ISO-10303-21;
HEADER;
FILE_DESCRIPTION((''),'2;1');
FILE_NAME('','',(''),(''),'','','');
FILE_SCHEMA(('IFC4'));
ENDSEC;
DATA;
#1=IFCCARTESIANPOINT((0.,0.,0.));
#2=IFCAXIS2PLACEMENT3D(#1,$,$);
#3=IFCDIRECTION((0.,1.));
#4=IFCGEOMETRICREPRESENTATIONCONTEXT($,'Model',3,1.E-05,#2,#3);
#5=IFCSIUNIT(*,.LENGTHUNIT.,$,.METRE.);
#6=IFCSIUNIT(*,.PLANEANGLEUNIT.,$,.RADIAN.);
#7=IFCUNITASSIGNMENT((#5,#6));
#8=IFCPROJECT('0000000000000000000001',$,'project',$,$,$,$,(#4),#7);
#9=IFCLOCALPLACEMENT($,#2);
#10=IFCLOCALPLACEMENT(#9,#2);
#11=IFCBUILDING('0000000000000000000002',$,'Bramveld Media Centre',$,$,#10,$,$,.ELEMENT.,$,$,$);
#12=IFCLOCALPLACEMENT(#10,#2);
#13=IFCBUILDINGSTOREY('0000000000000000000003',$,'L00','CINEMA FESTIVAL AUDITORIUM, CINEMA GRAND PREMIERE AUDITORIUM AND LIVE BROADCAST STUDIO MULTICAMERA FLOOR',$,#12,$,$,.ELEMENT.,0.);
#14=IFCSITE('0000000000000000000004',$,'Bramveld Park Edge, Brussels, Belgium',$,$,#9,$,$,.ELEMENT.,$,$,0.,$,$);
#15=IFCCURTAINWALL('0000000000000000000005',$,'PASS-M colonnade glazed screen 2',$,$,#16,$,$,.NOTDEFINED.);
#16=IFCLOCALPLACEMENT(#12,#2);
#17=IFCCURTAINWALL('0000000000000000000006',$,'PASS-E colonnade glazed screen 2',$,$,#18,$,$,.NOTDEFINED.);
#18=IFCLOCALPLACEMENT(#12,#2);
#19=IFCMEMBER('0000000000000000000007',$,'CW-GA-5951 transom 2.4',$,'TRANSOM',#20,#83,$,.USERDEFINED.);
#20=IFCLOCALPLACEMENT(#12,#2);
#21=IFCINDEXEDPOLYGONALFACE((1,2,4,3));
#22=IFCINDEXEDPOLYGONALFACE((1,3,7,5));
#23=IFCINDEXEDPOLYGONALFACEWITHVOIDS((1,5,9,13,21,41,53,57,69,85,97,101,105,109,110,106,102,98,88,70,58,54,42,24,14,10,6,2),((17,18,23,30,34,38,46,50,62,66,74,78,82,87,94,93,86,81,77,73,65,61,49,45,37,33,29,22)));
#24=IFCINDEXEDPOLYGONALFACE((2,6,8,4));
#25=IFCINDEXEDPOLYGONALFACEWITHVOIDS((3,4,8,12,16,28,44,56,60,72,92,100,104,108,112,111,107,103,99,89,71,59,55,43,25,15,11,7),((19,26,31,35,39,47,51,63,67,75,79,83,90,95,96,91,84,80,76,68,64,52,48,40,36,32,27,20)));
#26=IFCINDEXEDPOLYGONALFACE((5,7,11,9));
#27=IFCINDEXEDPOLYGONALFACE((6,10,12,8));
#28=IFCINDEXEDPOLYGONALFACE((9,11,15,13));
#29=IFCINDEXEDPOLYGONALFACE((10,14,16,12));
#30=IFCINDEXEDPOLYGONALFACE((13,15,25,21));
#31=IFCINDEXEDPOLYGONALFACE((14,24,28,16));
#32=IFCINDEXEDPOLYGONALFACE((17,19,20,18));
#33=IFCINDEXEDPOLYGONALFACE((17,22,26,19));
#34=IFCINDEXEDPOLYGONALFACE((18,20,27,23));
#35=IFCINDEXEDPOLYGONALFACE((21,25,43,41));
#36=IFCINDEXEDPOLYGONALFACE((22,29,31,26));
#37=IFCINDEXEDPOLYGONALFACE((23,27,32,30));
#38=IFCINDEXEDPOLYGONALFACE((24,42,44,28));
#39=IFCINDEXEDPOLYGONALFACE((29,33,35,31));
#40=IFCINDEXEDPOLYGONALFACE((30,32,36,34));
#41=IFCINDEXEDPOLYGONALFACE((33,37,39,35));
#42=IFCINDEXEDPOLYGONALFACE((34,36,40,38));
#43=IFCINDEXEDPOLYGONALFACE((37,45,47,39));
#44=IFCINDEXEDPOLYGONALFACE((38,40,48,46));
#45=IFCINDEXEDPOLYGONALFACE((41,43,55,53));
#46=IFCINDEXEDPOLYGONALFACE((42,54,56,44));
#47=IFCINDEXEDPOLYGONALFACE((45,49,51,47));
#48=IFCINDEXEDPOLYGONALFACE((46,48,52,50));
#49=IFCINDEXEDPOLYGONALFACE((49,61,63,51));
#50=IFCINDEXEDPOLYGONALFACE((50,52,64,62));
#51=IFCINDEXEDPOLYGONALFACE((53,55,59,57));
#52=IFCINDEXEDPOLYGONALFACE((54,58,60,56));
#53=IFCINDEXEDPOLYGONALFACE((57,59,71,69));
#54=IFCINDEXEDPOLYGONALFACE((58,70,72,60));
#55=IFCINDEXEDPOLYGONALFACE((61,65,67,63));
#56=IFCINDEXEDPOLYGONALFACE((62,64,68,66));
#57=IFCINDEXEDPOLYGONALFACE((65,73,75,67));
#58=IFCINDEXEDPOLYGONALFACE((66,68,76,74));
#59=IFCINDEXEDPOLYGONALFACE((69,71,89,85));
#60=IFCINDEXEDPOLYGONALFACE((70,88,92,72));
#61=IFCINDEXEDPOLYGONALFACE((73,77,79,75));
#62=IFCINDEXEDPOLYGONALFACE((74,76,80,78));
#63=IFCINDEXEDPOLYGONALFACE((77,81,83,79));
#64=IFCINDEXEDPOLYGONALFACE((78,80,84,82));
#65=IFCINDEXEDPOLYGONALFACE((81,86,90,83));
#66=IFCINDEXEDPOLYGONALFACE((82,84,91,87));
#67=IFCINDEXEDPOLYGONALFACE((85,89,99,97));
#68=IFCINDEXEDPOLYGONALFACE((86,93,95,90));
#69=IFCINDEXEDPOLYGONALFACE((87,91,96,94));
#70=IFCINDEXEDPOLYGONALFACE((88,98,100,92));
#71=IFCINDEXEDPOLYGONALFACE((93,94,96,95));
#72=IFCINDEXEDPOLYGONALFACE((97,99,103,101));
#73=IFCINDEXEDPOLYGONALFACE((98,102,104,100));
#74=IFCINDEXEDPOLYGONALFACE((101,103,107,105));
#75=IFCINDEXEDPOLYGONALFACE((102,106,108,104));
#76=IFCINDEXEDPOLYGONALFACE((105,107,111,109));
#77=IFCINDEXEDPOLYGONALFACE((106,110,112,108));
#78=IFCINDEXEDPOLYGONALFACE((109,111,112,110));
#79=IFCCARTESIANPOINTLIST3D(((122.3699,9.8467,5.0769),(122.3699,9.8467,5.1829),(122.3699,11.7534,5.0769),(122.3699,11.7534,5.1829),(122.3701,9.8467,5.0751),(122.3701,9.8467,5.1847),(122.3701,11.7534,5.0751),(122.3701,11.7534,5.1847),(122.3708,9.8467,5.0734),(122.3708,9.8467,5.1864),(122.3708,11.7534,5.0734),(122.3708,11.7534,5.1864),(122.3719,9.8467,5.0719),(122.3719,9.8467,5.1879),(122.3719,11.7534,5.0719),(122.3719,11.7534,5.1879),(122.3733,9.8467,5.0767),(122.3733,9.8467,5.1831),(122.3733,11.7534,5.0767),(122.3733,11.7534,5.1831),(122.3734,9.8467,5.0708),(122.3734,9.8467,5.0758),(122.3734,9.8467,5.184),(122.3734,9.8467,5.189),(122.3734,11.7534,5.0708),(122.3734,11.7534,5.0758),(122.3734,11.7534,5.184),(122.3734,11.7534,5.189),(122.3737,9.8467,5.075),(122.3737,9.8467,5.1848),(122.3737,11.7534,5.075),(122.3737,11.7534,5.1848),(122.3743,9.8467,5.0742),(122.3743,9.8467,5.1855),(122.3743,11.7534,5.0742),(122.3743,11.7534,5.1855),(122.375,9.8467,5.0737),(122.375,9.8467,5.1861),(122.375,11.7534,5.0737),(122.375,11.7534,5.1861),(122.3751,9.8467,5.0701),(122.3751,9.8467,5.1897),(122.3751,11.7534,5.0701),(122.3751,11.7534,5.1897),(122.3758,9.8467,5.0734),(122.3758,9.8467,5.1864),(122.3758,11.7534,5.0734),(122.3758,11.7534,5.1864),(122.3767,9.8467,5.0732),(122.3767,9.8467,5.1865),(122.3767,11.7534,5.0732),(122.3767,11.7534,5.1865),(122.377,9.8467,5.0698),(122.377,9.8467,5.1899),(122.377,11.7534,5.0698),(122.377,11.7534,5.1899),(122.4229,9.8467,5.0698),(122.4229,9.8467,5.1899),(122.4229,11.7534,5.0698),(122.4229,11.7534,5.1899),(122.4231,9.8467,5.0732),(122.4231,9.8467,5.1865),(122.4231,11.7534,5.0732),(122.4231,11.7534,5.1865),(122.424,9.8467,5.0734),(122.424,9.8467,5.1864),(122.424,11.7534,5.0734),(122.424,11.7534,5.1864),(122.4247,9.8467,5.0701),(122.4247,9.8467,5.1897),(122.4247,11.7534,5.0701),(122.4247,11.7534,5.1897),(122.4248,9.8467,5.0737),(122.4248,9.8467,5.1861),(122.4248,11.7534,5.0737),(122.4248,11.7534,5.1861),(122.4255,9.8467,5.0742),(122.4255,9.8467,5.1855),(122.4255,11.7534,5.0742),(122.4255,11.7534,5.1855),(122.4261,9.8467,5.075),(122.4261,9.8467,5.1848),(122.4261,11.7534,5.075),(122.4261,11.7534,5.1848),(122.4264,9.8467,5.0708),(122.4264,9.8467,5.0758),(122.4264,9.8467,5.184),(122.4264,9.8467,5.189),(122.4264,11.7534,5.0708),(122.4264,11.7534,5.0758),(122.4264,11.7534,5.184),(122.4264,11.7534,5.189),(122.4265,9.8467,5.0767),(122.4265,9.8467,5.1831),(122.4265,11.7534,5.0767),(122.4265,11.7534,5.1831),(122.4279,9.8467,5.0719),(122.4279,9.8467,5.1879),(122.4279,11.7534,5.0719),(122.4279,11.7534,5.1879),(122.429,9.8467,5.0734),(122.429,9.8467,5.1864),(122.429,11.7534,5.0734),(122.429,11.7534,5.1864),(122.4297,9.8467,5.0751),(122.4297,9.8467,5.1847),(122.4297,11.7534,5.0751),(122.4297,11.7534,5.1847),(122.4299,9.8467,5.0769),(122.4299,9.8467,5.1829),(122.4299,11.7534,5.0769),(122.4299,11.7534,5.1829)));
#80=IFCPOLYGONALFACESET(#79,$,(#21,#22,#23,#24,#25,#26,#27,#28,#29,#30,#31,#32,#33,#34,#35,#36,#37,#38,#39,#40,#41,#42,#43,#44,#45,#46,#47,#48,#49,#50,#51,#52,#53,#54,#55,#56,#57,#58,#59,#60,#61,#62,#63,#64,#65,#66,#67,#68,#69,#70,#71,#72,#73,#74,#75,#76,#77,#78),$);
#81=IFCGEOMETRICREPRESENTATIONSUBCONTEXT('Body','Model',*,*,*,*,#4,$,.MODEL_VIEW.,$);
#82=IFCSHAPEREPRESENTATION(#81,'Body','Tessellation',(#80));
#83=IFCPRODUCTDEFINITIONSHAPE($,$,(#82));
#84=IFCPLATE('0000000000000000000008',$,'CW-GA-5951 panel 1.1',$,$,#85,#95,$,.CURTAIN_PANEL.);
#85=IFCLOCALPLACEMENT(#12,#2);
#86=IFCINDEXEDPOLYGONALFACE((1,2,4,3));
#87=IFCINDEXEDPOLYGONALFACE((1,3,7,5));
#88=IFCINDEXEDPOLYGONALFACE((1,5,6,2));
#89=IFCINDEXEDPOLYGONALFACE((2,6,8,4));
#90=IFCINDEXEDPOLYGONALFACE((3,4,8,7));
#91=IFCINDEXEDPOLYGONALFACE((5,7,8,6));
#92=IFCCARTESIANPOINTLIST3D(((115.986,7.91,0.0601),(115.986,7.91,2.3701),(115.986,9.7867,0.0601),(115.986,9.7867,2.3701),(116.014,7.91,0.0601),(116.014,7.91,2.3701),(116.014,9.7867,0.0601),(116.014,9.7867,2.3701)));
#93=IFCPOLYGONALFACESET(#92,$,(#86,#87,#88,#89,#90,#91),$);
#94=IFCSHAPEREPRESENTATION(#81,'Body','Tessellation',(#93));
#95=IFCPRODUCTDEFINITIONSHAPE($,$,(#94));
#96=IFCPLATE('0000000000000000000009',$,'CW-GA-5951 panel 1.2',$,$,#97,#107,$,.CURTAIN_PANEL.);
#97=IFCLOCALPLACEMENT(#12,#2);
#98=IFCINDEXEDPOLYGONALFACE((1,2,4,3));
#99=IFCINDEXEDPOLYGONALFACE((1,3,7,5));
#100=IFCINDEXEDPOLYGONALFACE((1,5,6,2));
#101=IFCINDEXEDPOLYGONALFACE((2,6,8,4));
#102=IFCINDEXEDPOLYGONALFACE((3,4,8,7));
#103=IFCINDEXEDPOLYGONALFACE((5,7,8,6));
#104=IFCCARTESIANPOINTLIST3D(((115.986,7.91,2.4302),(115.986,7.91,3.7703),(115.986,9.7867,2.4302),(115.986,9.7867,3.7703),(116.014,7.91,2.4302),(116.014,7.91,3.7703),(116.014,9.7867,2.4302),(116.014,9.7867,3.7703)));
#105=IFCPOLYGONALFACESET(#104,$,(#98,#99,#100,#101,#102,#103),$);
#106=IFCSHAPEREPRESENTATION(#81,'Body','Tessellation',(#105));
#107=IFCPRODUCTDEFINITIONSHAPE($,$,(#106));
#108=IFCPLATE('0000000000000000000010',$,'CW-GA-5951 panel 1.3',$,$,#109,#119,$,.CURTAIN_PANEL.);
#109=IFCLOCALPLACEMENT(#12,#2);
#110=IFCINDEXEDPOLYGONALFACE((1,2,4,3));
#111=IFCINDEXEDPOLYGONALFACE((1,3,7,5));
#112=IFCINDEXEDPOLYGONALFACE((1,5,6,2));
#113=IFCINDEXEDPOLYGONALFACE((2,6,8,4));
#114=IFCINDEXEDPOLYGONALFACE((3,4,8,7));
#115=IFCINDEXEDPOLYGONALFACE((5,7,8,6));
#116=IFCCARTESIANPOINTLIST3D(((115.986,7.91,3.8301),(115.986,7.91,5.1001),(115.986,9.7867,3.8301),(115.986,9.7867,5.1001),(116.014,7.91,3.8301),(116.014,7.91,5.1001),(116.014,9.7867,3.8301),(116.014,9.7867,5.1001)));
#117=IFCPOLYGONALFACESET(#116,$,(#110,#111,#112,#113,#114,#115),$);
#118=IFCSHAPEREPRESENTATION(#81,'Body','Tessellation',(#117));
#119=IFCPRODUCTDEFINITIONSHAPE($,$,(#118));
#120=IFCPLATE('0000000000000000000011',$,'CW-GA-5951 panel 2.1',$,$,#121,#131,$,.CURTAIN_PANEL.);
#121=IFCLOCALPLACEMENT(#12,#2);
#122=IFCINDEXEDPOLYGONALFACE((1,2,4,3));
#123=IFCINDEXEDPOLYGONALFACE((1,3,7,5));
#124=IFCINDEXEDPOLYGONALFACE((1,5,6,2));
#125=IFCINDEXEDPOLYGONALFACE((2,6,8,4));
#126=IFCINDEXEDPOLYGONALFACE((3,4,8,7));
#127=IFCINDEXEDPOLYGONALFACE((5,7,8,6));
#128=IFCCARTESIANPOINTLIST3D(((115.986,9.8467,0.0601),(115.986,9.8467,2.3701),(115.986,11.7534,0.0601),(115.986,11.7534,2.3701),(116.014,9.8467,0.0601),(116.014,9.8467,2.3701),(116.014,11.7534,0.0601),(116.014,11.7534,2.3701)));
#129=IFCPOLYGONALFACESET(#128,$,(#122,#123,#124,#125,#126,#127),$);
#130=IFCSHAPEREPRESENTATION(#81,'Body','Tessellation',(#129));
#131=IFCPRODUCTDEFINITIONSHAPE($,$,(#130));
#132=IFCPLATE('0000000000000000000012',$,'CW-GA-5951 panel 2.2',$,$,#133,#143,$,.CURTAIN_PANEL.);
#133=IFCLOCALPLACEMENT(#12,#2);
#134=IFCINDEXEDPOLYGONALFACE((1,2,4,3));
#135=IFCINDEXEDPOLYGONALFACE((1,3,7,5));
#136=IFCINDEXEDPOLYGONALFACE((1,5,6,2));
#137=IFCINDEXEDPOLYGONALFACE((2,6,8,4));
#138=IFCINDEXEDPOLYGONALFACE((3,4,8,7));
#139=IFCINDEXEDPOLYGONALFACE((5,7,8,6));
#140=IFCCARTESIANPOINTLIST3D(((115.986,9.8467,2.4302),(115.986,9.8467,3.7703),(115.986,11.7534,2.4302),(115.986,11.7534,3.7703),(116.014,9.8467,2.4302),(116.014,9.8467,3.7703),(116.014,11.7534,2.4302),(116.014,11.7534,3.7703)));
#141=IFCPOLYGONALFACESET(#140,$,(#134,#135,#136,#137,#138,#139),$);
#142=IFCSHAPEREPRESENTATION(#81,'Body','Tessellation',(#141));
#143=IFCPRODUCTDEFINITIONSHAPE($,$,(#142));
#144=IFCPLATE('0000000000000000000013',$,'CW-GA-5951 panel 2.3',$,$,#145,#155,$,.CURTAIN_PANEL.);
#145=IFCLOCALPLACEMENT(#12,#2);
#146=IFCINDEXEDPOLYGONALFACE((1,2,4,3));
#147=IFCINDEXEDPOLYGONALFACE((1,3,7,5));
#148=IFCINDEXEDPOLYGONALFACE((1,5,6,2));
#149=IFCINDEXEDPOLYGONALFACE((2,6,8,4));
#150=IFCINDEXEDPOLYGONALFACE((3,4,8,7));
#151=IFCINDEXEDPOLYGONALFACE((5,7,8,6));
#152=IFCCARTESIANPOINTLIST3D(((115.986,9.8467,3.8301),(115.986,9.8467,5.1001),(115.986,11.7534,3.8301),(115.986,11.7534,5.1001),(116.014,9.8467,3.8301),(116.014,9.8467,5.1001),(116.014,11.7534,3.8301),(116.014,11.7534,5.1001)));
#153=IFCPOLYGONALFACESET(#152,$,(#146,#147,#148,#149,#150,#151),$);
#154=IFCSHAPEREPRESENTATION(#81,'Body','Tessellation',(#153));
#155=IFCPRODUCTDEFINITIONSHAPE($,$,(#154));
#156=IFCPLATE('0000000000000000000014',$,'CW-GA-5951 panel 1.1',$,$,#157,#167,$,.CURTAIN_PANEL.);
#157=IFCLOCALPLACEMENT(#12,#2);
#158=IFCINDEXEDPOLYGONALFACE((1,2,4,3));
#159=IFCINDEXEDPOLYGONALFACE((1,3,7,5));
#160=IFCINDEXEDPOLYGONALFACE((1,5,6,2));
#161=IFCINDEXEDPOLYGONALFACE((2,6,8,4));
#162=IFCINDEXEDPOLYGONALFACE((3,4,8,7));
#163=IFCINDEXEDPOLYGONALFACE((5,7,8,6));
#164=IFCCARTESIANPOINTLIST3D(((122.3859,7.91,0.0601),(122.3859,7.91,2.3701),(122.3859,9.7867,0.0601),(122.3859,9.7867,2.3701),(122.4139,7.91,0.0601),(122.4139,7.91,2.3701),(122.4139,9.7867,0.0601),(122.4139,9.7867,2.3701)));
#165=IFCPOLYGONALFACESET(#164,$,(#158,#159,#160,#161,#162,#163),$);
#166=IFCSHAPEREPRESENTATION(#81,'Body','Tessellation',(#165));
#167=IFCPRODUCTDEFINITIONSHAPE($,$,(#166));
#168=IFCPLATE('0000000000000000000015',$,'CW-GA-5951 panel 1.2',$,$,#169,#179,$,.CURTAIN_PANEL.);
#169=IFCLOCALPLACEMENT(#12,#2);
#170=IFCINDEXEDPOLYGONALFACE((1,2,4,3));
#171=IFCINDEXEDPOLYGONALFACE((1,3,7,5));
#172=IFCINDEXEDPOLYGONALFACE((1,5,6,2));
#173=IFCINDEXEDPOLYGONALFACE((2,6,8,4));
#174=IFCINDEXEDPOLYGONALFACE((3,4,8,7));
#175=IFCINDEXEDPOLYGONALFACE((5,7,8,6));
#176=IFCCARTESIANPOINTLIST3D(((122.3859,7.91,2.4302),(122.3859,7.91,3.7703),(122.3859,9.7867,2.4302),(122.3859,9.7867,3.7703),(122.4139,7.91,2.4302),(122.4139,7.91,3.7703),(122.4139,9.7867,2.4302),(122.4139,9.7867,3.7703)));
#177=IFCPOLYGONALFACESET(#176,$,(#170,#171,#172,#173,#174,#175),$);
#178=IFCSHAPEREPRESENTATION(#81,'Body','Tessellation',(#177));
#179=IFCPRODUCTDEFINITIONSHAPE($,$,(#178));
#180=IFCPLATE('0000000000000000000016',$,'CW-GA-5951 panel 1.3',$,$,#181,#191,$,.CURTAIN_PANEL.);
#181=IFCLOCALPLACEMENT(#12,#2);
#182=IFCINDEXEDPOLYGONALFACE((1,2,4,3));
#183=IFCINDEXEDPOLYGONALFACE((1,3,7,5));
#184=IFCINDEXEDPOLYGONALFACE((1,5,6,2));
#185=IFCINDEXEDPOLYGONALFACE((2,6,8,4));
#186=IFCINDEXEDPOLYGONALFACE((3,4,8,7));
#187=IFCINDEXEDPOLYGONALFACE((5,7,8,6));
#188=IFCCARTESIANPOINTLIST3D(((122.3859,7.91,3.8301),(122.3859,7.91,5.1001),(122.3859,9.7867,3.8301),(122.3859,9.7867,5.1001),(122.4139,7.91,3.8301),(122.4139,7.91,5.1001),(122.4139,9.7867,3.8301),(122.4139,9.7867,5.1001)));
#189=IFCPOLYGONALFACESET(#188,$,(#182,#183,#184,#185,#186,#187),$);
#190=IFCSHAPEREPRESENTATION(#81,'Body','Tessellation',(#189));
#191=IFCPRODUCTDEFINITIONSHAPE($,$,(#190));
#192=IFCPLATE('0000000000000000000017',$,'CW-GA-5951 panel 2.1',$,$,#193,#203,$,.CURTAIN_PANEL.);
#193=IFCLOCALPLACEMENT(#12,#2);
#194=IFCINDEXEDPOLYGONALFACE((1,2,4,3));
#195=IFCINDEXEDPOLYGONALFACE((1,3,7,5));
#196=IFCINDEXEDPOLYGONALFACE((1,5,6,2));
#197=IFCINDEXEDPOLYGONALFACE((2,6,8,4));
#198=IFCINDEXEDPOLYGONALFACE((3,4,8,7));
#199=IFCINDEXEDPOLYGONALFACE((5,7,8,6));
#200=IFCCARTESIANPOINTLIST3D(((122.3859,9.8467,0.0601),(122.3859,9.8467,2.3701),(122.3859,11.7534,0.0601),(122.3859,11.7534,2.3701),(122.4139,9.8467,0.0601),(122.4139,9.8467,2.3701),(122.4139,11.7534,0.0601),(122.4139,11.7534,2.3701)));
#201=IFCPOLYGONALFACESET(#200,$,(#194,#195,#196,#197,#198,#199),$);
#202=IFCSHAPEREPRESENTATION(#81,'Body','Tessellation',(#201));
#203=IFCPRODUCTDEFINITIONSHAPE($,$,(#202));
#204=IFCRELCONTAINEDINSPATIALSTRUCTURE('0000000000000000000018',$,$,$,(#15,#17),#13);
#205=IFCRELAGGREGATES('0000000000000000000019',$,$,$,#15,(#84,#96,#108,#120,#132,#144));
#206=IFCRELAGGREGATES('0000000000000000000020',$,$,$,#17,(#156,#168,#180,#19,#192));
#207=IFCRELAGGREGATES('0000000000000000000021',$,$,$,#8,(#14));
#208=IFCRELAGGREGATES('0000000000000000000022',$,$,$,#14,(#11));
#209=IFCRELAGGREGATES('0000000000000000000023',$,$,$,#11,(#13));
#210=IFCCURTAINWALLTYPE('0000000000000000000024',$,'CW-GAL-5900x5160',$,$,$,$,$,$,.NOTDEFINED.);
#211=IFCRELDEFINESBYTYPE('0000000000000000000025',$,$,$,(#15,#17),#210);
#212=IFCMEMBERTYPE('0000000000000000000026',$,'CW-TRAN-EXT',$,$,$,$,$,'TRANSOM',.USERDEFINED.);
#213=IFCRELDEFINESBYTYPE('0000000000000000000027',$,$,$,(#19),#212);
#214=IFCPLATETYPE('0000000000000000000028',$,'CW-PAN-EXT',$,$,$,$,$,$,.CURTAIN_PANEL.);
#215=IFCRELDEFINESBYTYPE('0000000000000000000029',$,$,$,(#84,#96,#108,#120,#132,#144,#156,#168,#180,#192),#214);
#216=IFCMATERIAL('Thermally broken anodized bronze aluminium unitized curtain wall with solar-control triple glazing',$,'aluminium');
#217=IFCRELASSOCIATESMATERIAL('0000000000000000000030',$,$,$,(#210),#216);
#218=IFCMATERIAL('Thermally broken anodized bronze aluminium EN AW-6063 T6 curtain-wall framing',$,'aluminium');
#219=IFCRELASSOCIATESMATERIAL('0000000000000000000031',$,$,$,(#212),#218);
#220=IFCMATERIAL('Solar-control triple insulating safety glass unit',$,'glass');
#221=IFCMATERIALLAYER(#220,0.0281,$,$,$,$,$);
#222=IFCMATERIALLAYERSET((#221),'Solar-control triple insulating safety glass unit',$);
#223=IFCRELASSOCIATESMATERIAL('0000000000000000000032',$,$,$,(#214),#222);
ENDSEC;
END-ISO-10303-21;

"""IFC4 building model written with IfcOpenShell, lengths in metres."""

from ifc_helpers import new_model, si_unit, direction, frame, origin, origin_2d, place, context, subcontext, project, spatial, rectangle, hollow_rectangle, extrude, material, layer, layer_set, material_profile, profile_set, type_object, element, aggregate, save


model = new_model("IFC4")

# Units and contexts
model_context = context("Model", 3, precision=1e-05, world=origin(), true_north=direction((0.0, 1.0)))
body_context = subcontext(model_context, "Body", "Model", "MODEL_VIEW")
ifc_project = project(units=[si_unit("LENGTHUNIT", "METRE"), si_unit("PLANEANGLEUNIT", "RADIAN")], contexts=[model_context])

# Site, building, storey
site_placement = place(None, origin())
site = spatial("IfcSite", under=ifc_project, at=site_placement, Name="Bramveld Park Edge, Brussels, Belgium", CompositionType="ELEMENT", RefElevation=0.0)
building_placement = place(site_placement, origin())
building = spatial("IfcBuilding", under=site, at=building_placement, Name="Bramveld Media Centre", CompositionType="ELEMENT")
storey_placement = place(building_placement, origin())
storey = spatial("IfcBuildingStorey", under=building, at=storey_placement, Name="L00", Description="CINEMA FESTIVAL AUDITORIUM, CINEMA GRAND PREMIERE AUDITORIUM AND LIVE BROADCAST STUDIO MULTICAMERA FLOOR", CompositionType="ELEMENT", Elevation=0.0)

# Curtain walls
ifc_material_1 = material(Name="Thermally broken anodized bronze aluminium unitized curtain wall with solar-control triple glazing", Category="aluminium")
curtain_wall_type = type_object("IfcCurtainWallType", Name="CW-GAL-5900x5160", PredefinedType="NOTDEFINED", material=ifc_material_1)
curtain_wall_1_placement = place(storey_placement, origin())
curtain_wall_1 = element("IfcCurtainWall", 1, at=curtain_wall_1_placement, inside=storey, type_object=curtain_wall_type, Name="PASS-M colonnade glazed screen 2", PredefinedType="NOTDEFINED")
curtain_wall_2_placement = place(storey_placement, origin())
curtain_wall_2 = element("IfcCurtainWall", 2, at=curtain_wall_2_placement, inside=storey, type_object=curtain_wall_type, Name="PASS-E colonnade glazed screen 2", PredefinedType="NOTDEFINED")

# Member
ifc_material_2 = material(Name="Thermally broken anodized bronze aluminium EN AW-6063 T6 curtain-wall framing", Category="aluminium")
ifc_material_profile_1 = material_profile(ifc_material_2, hollow_rectangle(XDim=0.0601, YDim=0.1201, WallThickness=0.0034, InnerFilletRadius=0.0034, OuterFilletRadius=0.0071, at=origin_2d()), Name="AL-TRAN 60x120")
ifc_profile_set_1 = profile_set([ifc_material_profile_1], Name="Thermally broken anodized bronze aluminium EN AW-6063 T6 curtain-wall framing")
member_type_1 = type_object("IfcMemberType", Name="CW-TRAN-EXT", ElementType="TRANSOM", PredefinedType="USERDEFINED", material=ifc_profile_set_1)
member_1_placement = place(storey_placement, frame((122.3999, 9.8467, 5.1299), z_axis=(0.0, 1.0, 0.0), x_axis=(-1.0, 0.0, 0.0)))
member_1 = element("IfcMember", 3, at=member_1_placement, type_object=member_type_1, Name="CW-GA-5951 transom 2.4", ObjectType="TRANSOM", PredefinedType="USERDEFINED", context=body_context, shape_type="SweptSolid", body=[
    extrude(hollow_rectangle(XDim=0.0601, YDim=0.1201, WallThickness=0.0034, InnerFilletRadius=0.0034, OuterFilletRadius=0.0071, at=origin_2d()), origin(), (0.0, 0.0, 1.0), 1.9067),
])

# Plates
ifc_material_3 = material(Name="Solar-control triple insulating safety glass unit", Category="glass")
ifc_layer = layer(ifc_material_3, 0.0281)
ifc_layer_set = layer_set([ifc_layer], Name="Solar-control triple insulating safety glass unit")
plate_type = type_object("IfcPlateType", Name="CW-PAN-EXT", PredefinedType="CURTAIN_PANEL", material=ifc_layer_set)
plate_1_placement = place(storey_placement, frame((116.0, 8.8484, 0.0601), z_axis=(0.0, 0.0, 1.0), x_axis=(0.0, 1.0, 0.0)))
plate_1 = element("IfcPlate", 4, at=plate_1_placement, type_object=plate_type, Name="CW-GA-5951 panel 1.1", PredefinedType="CURTAIN_PANEL", context=body_context, shape_type="SweptSolid", body=[
    extrude(rectangle(XDim=1.8767, YDim=0.0281, at=origin_2d()), origin(), (0.0, 0.0, 1.0), 2.3101),
])
plate_2_placement = place(storey_placement, frame((116.0, 8.8484, 2.4302), z_axis=(0.0, 0.0, 1.0), x_axis=(0.0, 1.0, 0.0)))
plate_2 = element("IfcPlate", 5, at=plate_2_placement, type_object=plate_type, Name="CW-GA-5951 panel 1.2", PredefinedType="CURTAIN_PANEL", context=body_context, shape_type="SweptSolid", body=[
    extrude(rectangle(XDim=1.8767, YDim=0.0281, at=origin_2d()), origin(), (0.0, 0.0, 1.0), 1.3401),
])
plate_3_placement = place(storey_placement, frame((116.0, 8.8484, 3.8301), z_axis=(0.0, 0.0, 1.0), x_axis=(0.0, 1.0, 0.0)))
plate_3 = element("IfcPlate", 6, at=plate_3_placement, type_object=plate_type, Name="CW-GA-5951 panel 1.3", PredefinedType="CURTAIN_PANEL", context=body_context, shape_type="SweptSolid", body=[
    extrude(rectangle(XDim=1.8767, YDim=0.0281, at=origin_2d()), origin(), (0.0, 0.0, 1.0), 1.27),
])
plate_4_placement = place(storey_placement, frame((116.0, 10.8, 0.0601), z_axis=(0.0, 0.0, 1.0), x_axis=(0.0, 1.0, 0.0)))
plate_4 = element("IfcPlate", 7, at=plate_4_placement, type_object=plate_type, Name="CW-GA-5951 panel 2.1", PredefinedType="CURTAIN_PANEL", context=body_context, shape_type="SweptSolid", body=[
    extrude(rectangle(XDim=1.9067, YDim=0.0281, at=origin_2d()), origin(), (0.0, 0.0, 1.0), 2.3101),
])
plate_5_placement = place(storey_placement, frame((116.0, 10.8, 2.4302), z_axis=(0.0, 0.0, 1.0), x_axis=(0.0, 1.0, 0.0)))
plate_5 = element("IfcPlate", 8, at=plate_5_placement, type_object=plate_type, Name="CW-GA-5951 panel 2.2", PredefinedType="CURTAIN_PANEL", context=body_context, shape_type="SweptSolid", body=[
    extrude(rectangle(XDim=1.9067, YDim=0.0281, at=origin_2d()), origin(), (0.0, 0.0, 1.0), 1.3401),
])
plate_6_placement = place(storey_placement, frame((116.0, 10.8, 3.8301), z_axis=(0.0, 0.0, 1.0), x_axis=(0.0, 1.0, 0.0)))
plate_6 = element("IfcPlate", 9, at=plate_6_placement, type_object=plate_type, Name="CW-GA-5951 panel 2.3", PredefinedType="CURTAIN_PANEL", context=body_context, shape_type="SweptSolid", body=[
    extrude(rectangle(XDim=1.9067, YDim=0.0281, at=origin_2d()), origin(), (0.0, 0.0, 1.0), 1.27),
])
aggregate(curtain_wall_1, [plate_1, plate_2, plate_3, plate_4, plate_5, plate_6])
plate_7_placement = place(storey_placement, frame((122.3999, 8.8484, 0.0601), z_axis=(0.0, 0.0, 1.0), x_axis=(0.0, 1.0, 0.0)))
plate_7 = element("IfcPlate", 10, at=plate_7_placement, type_object=plate_type, Name="CW-GA-5951 panel 1.1", PredefinedType="CURTAIN_PANEL", context=body_context, shape_type="SweptSolid", body=[
    extrude(rectangle(XDim=1.8767, YDim=0.0281, at=origin_2d()), origin(), (0.0, 0.0, 1.0), 2.3101),
])
plate_8_placement = place(storey_placement, frame((122.3999, 8.8484, 2.4302), z_axis=(0.0, 0.0, 1.0), x_axis=(0.0, 1.0, 0.0)))
plate_8 = element("IfcPlate", 11, at=plate_8_placement, type_object=plate_type, Name="CW-GA-5951 panel 1.2", PredefinedType="CURTAIN_PANEL", context=body_context, shape_type="SweptSolid", body=[
    extrude(rectangle(XDim=1.8767, YDim=0.0281, at=origin_2d()), origin(), (0.0, 0.0, 1.0), 1.3401),
])
plate_9_placement = place(storey_placement, frame((122.3999, 8.8484, 3.8301), z_axis=(0.0, 0.0, 1.0), x_axis=(0.0, 1.0, 0.0)))
plate_9 = element("IfcPlate", 12, at=plate_9_placement, type_object=plate_type, Name="CW-GA-5951 panel 1.3", PredefinedType="CURTAIN_PANEL", context=body_context, shape_type="SweptSolid", body=[
    extrude(rectangle(XDim=1.8767, YDim=0.0281, at=origin_2d()), origin(), (0.0, 0.0, 1.0), 1.27),
])
plate_10_placement = place(storey_placement, frame((122.3999, 10.8, 0.0601), z_axis=(0.0, 0.0, 1.0), x_axis=(0.0, 1.0, 0.0)))
plate_10 = element("IfcPlate", 13, at=plate_10_placement, type_object=plate_type, Name="CW-GA-5951 panel 2.1", PredefinedType="CURTAIN_PANEL", context=body_context, shape_type="SweptSolid", body=[
    extrude(rectangle(XDim=1.9067, YDim=0.0281, at=origin_2d()), origin(), (0.0, 0.0, 1.0), 2.3101),
])
aggregate(curtain_wall_2, [plate_7, plate_8, plate_9, member_1, plate_10])

save(model, "model.ifc")
